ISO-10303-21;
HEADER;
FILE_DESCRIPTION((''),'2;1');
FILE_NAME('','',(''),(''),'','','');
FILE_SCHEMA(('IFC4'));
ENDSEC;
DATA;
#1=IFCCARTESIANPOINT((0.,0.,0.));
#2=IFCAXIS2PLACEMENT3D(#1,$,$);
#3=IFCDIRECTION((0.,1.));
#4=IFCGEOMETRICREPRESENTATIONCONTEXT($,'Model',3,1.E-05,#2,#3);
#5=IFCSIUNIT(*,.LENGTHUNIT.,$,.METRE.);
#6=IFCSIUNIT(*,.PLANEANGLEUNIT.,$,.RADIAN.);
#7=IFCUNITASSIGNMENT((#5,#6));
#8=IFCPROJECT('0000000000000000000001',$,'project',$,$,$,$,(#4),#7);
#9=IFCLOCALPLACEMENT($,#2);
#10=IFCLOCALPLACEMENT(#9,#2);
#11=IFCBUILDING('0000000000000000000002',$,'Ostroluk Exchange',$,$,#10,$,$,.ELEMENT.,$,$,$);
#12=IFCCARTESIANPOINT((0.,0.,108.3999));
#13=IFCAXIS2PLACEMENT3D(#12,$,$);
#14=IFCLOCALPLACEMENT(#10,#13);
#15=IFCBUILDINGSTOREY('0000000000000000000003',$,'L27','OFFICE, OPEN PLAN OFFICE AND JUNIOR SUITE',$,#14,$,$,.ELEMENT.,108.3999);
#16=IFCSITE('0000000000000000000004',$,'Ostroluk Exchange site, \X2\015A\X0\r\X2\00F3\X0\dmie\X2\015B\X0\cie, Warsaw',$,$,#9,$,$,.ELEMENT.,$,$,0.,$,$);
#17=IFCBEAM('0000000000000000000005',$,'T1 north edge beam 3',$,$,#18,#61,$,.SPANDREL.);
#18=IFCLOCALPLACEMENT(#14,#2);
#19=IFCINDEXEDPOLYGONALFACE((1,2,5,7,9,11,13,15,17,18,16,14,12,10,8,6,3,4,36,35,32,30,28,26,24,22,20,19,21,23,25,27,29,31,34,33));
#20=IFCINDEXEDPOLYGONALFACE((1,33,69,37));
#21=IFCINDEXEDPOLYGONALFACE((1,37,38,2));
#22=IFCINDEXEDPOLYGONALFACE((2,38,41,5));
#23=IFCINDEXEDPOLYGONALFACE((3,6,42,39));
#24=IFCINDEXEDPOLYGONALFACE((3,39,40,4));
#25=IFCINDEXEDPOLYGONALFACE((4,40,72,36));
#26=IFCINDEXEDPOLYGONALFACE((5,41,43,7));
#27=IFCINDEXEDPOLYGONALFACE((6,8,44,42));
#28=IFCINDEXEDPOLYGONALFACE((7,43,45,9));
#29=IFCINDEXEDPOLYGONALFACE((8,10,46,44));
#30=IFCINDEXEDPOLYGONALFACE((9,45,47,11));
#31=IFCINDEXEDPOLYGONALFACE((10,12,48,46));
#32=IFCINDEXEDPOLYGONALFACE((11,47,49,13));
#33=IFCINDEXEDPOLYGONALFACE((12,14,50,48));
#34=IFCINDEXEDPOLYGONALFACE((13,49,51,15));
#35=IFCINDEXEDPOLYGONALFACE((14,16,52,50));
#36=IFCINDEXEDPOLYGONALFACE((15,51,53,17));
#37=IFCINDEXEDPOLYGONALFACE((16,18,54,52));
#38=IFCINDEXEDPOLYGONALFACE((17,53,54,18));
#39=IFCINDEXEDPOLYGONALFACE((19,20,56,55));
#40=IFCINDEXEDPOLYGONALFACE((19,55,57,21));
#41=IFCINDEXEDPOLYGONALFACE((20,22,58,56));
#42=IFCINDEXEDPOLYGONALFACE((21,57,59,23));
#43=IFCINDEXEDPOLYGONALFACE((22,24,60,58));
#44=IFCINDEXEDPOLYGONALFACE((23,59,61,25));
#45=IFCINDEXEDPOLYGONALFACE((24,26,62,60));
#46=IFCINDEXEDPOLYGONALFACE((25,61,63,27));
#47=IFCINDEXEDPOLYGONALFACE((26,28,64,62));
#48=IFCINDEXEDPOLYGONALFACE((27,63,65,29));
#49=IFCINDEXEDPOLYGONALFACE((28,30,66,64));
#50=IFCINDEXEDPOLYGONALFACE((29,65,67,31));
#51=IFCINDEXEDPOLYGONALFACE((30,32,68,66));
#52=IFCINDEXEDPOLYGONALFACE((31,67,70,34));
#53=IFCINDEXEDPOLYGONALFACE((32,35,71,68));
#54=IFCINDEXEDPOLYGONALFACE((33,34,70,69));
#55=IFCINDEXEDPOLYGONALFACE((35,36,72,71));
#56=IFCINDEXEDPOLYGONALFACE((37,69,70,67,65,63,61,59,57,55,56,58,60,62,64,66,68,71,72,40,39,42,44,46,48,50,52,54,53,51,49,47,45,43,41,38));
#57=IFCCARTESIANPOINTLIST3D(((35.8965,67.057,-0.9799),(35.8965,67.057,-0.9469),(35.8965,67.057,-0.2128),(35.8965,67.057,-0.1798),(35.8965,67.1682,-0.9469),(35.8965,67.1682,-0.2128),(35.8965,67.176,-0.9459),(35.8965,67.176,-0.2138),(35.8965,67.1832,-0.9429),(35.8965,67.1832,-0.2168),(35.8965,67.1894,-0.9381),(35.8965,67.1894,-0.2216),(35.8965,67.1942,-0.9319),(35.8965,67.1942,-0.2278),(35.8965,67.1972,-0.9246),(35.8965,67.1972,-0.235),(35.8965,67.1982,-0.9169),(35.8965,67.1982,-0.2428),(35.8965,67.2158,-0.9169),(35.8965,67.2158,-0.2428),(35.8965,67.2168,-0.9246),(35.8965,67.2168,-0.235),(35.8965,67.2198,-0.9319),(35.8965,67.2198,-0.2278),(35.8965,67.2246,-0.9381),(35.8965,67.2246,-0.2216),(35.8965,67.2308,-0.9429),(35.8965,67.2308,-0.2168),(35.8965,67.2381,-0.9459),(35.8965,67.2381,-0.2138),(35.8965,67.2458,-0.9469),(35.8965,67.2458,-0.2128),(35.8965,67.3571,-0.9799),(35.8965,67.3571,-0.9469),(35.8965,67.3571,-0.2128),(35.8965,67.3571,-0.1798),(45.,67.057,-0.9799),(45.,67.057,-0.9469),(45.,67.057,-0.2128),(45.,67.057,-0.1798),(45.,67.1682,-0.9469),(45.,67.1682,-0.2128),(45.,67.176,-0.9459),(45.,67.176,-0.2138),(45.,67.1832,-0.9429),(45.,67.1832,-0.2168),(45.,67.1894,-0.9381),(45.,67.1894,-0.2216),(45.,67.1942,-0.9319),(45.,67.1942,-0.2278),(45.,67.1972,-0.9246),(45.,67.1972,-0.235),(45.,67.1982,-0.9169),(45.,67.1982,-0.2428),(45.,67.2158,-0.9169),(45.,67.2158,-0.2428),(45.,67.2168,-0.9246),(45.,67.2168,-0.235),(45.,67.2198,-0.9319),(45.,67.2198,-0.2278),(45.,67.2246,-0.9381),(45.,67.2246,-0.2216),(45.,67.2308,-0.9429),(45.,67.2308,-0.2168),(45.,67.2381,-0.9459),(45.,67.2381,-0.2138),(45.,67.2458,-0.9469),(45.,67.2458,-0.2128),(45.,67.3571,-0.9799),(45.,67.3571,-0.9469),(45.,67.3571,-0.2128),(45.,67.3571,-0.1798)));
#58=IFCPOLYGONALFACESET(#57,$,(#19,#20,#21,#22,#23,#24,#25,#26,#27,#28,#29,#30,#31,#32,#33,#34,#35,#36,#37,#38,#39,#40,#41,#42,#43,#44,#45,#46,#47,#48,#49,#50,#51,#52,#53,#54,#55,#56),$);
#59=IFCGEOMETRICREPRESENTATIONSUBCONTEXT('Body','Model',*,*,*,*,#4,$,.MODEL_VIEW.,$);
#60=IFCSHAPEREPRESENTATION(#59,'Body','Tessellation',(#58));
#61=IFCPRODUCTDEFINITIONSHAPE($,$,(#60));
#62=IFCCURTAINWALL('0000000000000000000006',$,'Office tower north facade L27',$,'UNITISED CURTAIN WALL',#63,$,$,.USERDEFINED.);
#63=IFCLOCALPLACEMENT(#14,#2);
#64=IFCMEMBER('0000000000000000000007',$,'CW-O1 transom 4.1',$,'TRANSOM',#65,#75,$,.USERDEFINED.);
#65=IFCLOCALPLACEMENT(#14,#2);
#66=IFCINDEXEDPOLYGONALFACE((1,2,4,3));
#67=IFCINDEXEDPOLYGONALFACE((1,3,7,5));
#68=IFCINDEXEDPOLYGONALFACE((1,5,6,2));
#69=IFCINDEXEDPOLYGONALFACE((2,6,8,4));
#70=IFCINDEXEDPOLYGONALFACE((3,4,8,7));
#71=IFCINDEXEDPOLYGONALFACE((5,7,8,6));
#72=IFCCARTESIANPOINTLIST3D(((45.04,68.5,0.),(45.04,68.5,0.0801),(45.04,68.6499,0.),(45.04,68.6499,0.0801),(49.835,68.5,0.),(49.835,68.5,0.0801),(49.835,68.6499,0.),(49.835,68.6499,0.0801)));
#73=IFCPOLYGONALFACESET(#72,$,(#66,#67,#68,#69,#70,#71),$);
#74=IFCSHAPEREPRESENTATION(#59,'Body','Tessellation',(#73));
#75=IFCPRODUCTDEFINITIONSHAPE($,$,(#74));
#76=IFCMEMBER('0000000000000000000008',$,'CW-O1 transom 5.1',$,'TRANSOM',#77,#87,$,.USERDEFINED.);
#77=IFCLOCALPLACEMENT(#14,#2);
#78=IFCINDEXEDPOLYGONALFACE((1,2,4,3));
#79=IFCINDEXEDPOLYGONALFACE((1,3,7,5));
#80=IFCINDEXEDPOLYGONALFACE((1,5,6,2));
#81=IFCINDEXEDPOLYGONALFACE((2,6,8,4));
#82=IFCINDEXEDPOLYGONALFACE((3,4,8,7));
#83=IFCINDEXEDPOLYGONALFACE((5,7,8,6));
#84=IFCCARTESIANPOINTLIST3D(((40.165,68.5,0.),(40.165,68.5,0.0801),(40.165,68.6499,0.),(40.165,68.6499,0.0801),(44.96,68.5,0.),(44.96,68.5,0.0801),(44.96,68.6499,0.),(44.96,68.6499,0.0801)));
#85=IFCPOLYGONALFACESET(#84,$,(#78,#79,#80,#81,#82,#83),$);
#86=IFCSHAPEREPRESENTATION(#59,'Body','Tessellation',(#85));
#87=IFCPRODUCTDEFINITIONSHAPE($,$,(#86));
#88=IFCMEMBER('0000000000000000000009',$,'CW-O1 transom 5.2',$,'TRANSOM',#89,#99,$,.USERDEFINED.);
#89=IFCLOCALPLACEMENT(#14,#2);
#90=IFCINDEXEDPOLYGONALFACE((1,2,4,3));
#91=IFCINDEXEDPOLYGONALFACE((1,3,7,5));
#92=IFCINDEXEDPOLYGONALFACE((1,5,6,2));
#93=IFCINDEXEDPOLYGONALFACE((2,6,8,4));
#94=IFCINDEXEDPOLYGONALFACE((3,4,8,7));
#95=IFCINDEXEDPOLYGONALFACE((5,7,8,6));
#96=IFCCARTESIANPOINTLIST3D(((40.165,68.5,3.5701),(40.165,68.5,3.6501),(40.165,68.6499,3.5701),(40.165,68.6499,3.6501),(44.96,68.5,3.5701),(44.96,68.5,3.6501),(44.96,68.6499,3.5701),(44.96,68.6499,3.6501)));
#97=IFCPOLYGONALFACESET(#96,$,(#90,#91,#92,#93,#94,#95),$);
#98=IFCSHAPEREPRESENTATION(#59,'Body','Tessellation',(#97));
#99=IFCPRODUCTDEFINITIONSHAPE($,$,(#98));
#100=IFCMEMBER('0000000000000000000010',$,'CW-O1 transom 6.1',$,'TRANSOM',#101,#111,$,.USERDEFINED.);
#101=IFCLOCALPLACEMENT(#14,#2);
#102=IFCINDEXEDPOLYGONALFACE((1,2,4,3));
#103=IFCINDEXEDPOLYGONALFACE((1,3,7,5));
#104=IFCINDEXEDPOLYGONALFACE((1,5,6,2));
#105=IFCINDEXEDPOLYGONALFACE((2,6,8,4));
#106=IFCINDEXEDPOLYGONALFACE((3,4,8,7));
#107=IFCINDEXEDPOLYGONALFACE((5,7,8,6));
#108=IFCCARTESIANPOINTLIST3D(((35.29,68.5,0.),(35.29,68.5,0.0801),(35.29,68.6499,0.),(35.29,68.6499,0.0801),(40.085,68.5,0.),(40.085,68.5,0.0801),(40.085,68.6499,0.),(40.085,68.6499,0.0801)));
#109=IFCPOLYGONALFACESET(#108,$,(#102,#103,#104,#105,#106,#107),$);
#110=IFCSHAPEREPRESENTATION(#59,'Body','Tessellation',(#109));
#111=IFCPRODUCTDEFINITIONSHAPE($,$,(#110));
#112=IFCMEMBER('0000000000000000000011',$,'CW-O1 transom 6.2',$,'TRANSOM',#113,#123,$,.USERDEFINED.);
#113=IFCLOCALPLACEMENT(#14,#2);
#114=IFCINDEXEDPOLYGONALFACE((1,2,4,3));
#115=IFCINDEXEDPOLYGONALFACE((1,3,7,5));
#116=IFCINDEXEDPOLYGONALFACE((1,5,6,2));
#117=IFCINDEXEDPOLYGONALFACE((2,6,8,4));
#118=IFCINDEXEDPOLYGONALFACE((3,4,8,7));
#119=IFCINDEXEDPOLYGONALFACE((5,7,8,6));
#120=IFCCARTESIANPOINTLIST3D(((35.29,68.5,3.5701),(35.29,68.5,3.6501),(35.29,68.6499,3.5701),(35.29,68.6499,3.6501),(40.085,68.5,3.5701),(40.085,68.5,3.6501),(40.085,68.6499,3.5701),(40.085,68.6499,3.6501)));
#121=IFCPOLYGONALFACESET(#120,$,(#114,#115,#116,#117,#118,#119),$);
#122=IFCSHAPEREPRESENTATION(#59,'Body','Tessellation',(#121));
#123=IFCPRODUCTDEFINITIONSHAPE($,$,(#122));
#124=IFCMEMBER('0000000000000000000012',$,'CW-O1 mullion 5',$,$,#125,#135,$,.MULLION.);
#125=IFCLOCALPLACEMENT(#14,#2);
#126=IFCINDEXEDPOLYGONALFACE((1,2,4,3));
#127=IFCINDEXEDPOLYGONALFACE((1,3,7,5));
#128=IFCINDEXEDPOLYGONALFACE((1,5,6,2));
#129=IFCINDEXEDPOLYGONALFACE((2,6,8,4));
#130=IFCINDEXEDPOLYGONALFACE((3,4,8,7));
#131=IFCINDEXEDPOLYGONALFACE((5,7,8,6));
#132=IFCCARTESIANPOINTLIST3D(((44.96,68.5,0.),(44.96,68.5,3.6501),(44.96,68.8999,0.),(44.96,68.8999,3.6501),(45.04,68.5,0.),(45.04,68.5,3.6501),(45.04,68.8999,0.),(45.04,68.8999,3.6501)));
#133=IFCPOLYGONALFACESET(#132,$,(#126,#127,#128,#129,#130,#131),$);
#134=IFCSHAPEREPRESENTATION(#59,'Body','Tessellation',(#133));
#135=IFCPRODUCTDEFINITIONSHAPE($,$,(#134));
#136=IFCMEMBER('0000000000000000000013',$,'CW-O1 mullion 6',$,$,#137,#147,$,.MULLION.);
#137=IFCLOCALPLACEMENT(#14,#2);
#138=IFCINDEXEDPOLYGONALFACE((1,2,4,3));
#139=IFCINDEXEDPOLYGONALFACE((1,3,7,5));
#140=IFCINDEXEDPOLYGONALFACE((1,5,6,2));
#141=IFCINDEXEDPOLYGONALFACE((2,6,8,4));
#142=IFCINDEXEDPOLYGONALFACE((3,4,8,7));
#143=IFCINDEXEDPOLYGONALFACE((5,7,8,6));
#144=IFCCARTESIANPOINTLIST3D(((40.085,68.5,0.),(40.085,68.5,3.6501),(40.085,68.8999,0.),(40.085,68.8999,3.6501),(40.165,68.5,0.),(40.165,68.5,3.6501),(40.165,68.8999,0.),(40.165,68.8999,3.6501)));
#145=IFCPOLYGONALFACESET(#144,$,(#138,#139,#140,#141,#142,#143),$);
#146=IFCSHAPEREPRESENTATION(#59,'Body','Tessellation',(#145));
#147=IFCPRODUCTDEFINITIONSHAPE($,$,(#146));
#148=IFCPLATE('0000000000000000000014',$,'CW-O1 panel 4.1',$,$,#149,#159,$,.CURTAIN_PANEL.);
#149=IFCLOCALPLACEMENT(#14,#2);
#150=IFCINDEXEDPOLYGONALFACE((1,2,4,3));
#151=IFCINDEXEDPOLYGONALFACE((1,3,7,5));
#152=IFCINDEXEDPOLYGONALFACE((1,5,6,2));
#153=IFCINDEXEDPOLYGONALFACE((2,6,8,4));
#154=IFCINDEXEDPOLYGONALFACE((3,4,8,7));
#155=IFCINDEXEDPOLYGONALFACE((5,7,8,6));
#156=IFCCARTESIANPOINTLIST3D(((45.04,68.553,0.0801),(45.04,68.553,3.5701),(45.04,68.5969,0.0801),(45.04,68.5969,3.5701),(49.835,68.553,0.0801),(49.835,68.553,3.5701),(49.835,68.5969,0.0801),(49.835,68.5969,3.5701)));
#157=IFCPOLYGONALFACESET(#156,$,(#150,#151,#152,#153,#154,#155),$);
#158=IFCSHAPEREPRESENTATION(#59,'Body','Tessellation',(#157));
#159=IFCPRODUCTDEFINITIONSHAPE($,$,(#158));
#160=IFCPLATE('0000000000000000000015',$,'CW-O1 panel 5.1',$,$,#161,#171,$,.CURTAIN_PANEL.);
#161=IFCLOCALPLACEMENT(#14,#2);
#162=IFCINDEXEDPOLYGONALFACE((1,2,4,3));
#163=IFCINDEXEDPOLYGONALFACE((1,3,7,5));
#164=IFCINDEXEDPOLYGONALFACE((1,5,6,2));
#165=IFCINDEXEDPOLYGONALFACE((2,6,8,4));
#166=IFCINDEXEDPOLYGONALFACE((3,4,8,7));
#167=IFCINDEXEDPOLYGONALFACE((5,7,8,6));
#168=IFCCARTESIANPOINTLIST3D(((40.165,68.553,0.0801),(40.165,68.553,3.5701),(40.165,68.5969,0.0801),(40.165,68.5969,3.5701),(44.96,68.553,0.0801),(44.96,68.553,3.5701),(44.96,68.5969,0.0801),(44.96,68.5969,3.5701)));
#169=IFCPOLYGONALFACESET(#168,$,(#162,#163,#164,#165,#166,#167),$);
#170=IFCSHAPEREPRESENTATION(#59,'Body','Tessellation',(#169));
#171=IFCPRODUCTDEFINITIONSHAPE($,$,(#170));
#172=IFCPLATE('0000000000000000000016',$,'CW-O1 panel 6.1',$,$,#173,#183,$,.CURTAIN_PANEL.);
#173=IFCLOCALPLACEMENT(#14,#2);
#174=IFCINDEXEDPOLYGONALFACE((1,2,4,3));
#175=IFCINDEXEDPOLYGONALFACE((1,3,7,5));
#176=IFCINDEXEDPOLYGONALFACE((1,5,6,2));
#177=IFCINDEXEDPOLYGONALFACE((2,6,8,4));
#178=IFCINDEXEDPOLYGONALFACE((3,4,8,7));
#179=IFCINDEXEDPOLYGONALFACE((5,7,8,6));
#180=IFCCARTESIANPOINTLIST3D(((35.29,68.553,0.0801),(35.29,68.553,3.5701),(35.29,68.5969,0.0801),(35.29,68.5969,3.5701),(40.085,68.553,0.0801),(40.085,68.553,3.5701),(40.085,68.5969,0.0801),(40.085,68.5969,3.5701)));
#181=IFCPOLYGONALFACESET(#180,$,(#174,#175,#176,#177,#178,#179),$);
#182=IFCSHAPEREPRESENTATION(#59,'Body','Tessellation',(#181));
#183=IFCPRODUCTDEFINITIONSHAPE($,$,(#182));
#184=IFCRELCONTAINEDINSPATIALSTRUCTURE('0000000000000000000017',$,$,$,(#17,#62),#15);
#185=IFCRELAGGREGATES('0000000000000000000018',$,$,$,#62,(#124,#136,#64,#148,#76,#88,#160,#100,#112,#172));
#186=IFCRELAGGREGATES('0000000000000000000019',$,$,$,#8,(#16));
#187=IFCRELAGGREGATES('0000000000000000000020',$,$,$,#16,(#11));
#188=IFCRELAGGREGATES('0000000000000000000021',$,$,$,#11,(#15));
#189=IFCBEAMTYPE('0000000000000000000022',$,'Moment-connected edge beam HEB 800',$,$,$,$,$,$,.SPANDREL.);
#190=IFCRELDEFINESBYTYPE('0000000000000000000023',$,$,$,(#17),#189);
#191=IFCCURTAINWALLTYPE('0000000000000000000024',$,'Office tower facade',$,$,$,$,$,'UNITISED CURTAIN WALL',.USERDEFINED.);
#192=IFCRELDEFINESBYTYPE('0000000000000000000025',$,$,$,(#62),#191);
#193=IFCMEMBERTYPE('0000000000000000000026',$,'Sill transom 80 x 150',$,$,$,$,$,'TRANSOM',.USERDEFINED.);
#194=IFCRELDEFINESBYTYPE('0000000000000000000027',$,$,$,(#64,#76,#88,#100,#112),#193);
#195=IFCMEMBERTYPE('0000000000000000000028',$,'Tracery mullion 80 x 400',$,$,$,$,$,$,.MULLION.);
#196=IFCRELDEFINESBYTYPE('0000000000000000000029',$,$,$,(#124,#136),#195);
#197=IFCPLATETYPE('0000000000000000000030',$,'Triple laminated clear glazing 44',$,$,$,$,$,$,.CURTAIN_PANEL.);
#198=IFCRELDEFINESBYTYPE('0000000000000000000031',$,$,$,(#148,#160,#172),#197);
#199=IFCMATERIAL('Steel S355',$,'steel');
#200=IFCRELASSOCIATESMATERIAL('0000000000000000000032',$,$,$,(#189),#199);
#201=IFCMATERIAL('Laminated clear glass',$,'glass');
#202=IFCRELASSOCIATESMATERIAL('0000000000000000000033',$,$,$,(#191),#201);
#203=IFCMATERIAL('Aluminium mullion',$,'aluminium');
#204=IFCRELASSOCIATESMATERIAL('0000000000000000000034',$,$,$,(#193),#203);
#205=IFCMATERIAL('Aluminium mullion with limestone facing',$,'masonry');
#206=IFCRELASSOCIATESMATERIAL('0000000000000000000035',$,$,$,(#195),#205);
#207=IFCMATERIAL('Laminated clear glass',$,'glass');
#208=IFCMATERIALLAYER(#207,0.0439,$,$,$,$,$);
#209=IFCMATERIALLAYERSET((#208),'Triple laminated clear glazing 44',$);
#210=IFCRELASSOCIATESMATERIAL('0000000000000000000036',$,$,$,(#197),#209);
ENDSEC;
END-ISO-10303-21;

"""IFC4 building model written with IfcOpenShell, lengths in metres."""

from ifc_helpers import new_model, si_unit, direction, frame, origin, origin_2d, place, context, subcontext, project, spatial, rectangle, i_section, extrude, material, layer, layer_set, material_profile, profile_set, type_object, element, aggregate, save


model = new_model("IFC4")

# Units and contexts
model_context = context("Model", 3, precision=1e-05, world=origin(), true_north=direction((0.0, 1.0)))
body_context = subcontext(model_context, "Body", "Model", "MODEL_VIEW")
ifc_project = project(units=[si_unit("LENGTHUNIT", "METRE"), si_unit("PLANEANGLEUNIT", "RADIAN")], contexts=[model_context])

# Site, building, storey
site_placement = place(None, origin())
site = spatial("IfcSite", under=ifc_project, at=site_placement, Name="Ostroluk Exchange site, Śródmieście, Warsaw", CompositionType="ELEMENT", RefElevation=0.0)
building_placement = place(site_placement, origin())
building = spatial("IfcBuilding", under=site, at=building_placement, Name="Ostroluk Exchange", CompositionType="ELEMENT")
storey_placement = place(building_placement, frame((0.0, 0.0, 108.3999)))
storey = spatial("IfcBuildingStorey", under=building, at=storey_placement, Name="L27", Description="OFFICE, OPEN PLAN OFFICE AND JUNIOR SUITE", CompositionType="ELEMENT", Elevation=108.3999)

# Beam
ifc_material_1 = material(Name="Steel S355", Category="steel")
ifc_material_profile_1 = material_profile(ifc_material_1, i_section(OverallWidth=0.3, OverallDepth=0.8, WebThickness=0.0176, FlangeThickness=0.033, FilletRadius=0.03, at=origin_2d()), Name="HEB 800")
ifc_profile_set_1 = profile_set([ifc_material_profile_1], Name="Steel S355")
beam_type_1 = type_object("IfcBeamType", Name="Moment-connected edge beam HEB 800", PredefinedType="SPANDREL", material=ifc_profile_set_1)
beam_placement = place(storey_placement, frame((45.0, 67.207, -0.5798), z_axis=(-1.0, 0.0, 0.0), x_axis=(0.0, -1.0, 0.0)))
element("IfcBeam", 1, at=beam_placement, inside=storey, type_object=beam_type_1, Name="T1 north edge beam 3", PredefinedType="SPANDREL", context=body_context, shape_type="SweptSolid", body=[
    extrude(i_section(OverallWidth=0.3, OverallDepth=0.8, WebThickness=0.0176, FlangeThickness=0.033, FilletRadius=0.03, at=origin_2d()), origin(), (0.0, 0.0, 1.0), 9.1035),
])

# Curtain wall, members, plates
ifc_material_2 = material(Name="Laminated clear glass", Category="glass")
curtain_wall_type = type_object("IfcCurtainWallType", Name="Office tower facade", ElementType="UNITISED CURTAIN WALL", PredefinedType="USERDEFINED", material=ifc_material_2)
curtain_wall_placement = place(storey_placement, origin())
curtain_wall = element("IfcCurtainWall", 2, at=curtain_wall_placement, inside=storey, type_object=curtain_wall_type, Name="Office tower north facade L27", ObjectType="UNITISED CURTAIN WALL", PredefinedType="USERDEFINED")
ifc_material_3 = material(Name="Aluminium mullion", Category="aluminium")
ifc_material_profile_2 = material_profile(ifc_material_3, rectangle(XDim=0.1499, YDim=0.0801, at=origin_2d()), Name="Sill transom 80 x 150")
ifc_profile_set_2 = profile_set([ifc_material_profile_2], Name="Aluminium mullion")
member_type_1 = type_object("IfcMemberType", Name="Sill transom 80 x 150", ElementType="TRANSOM", PredefinedType="USERDEFINED", material=ifc_profile_set_2)
member_1_placement = place(storey_placement, frame((49.835, 68.575, 0.04), z_axis=(-1.0, 0.0, 0.0), x_axis=(0.0, -1.0, 0.0)))
member_1 = element("IfcMember", 3, at=member_1_placement, type_object=member_type_1, Name="CW-O1 transom 4.1", ObjectType="TRANSOM", PredefinedType="USERDEFINED", context=body_context, shape_type="SweptSolid", body=[
    extrude(rectangle(XDim=0.1499, YDim=0.0801, at=origin_2d()), origin(), (0.0, 0.0, 1.0), 4.7949),
])
member_2_placement = place(storey_placement, frame((44.96, 68.575, 0.04), z_axis=(-1.0, 0.0, 0.0), x_axis=(0.0, -1.0, 0.0)))
member_2 = element("IfcMember", 4, at=member_2_placement, type_object=member_type_1, Name="CW-O1 transom 5.1", ObjectType="TRANSOM", PredefinedType="USERDEFINED", context=body_context, shape_type="SweptSolid", body=[
    extrude(rectangle(XDim=0.1499, YDim=0.0801, at=origin_2d()), origin(), (0.0, 0.0, 1.0), 4.7949),
])
member_3_placement = place(storey_placement, frame((44.96, 68.575, 3.6101), z_axis=(-1.0, 0.0, 0.0), x_axis=(0.0, -1.0, 0.0)))
member_3 = element("IfcMember", 5, at=member_3_placement, type_object=member_type_1, Name="CW-O1 transom 5.2", ObjectType="TRANSOM", PredefinedType="USERDEFINED", context=body_context, shape_type="SweptSolid", body=[
    extrude(rectangle(XDim=0.1499, YDim=0.0801, at=origin_2d()), origin(), (0.0, 0.0, 1.0), 4.7949),
])
member_4_placement = place(storey_placement, frame((40.085, 68.575, 0.04), z_axis=(-1.0, 0.0, 0.0), x_axis=(0.0, -1.0, 0.0)))
member_4 = element("IfcMember", 6, at=member_4_placement, type_object=member_type_1, Name="CW-O1 transom 6.1", ObjectType="TRANSOM", PredefinedType="USERDEFINED", context=body_context, shape_type="SweptSolid", body=[
    extrude(rectangle(XDim=0.1499, YDim=0.0801, at=origin_2d()), origin(), (0.0, 0.0, 1.0), 4.7949),
])
member_5_placement = place(storey_placement, frame((40.085, 68.575, 3.6101), z_axis=(-1.0, 0.0, 0.0), x_axis=(0.0, -1.0, 0.0)))
member_5 = element("IfcMember", 7, at=member_5_placement, type_object=member_type_1, Name="CW-O1 transom 6.2", ObjectType="TRANSOM", PredefinedType="USERDEFINED", context=body_context, shape_type="SweptSolid", body=[
    extrude(rectangle(XDim=0.1499, YDim=0.0801, at=origin_2d()), origin(), (0.0, 0.0, 1.0), 4.7949),
])
ifc_material_4 = material(Name="Aluminium mullion with limestone facing", Category="masonry")
ifc_material_profile_3 = material_profile(ifc_material_4, rectangle(XDim=0.3999, YDim=0.0801, at=origin_2d()), Name="Tracery mullion 80 x 400")
ifc_profile_set_3 = profile_set([ifc_material_profile_3], Name="Aluminium mullion with limestone facing")
member_type_2 = type_object("IfcMemberType", Name="Tracery mullion 80 x 400", PredefinedType="MULLION", material=ifc_profile_set_3)
member_6_placement = place(storey_placement, frame((45.0, 68.7, 0.0), z_axis=(0.0, 0.0, 1.0), x_axis=(0.0, -1.0, 0.0)))
member_6 = element("IfcMember", 8, at=member_6_placement, type_object=member_type_2, Name="CW-O1 mullion 5", PredefinedType="MULLION", context=body_context, shape_type="SweptSolid", body=[
    extrude(rectangle(XDim=0.3999, YDim=0.0801, at=origin_2d()), origin(), (0.0, 0.0, 1.0), 3.6501),
])
member_7_placement = place(storey_placement, frame((40.125, 68.7, 0.0), z_axis=(0.0, 0.0, 1.0), x_axis=(0.0, -1.0, 0.0)))
member_7 = element("IfcMember", 9, at=member_7_placement, type_object=member_type_2, Name="CW-O1 mullion 6", PredefinedType="MULLION", context=body_context, shape_type="SweptSolid", body=[
    extrude(rectangle(XDim=0.3999, YDim=0.0801, at=origin_2d()), origin(), (0.0, 0.0, 1.0), 3.6501),
])
ifc_material_5 = material(Name="Laminated clear glass", Category="glass")
ifc_layer_1 = layer(ifc_material_5, 0.0439)
ifc_layer_set_1 = layer_set([ifc_layer_1], Name="Triple laminated clear glazing 44")
plate_type = type_object("IfcPlateType", Name="Triple laminated clear glazing 44", PredefinedType="CURTAIN_PANEL", material=ifc_layer_set_1)
plate_1_placement = place(storey_placement, frame((47.4375, 68.575, 0.0801), z_axis=(0.0, 0.0, 1.0), x_axis=(-1.0, 0.0, 0.0)))
plate_1 = element("IfcPlate", 10, at=plate_1_placement, type_object=plate_type, Name="CW-O1 panel 4.1", PredefinedType="CURTAIN_PANEL", context=body_context, shape_type="SweptSolid", body=[
    extrude(rectangle(XDim=4.7949, YDim=0.0439, at=origin_2d()), origin(), (0.0, 0.0, 1.0), 3.49),
])
plate_2_placement = place(storey_placement, frame((42.5625, 68.575, 0.0801), z_axis=(0.0, 0.0, 1.0), x_axis=(-1.0, 0.0, 0.0)))
plate_2 = element("IfcPlate", 11, at=plate_2_placement, type_object=plate_type, Name="CW-O1 panel 5.1", PredefinedType="CURTAIN_PANEL", context=body_context, shape_type="SweptSolid", body=[
    extrude(rectangle(XDim=4.7949, YDim=0.0439, at=origin_2d()), origin(), (0.0, 0.0, 1.0), 3.49),
])
plate_3_placement = place(storey_placement, frame((37.6875, 68.575, 0.0801), z_axis=(0.0, 0.0, 1.0), x_axis=(-1.0, 0.0, 0.0)))
plate_3 = element("IfcPlate", 12, at=plate_3_placement, type_object=plate_type, Name="CW-O1 panel 6.1", PredefinedType="CURTAIN_PANEL", context=body_context, shape_type="SweptSolid", body=[
    extrude(rectangle(XDim=4.7949, YDim=0.0439, at=origin_2d()), origin(), (0.0, 0.0, 1.0), 3.49),
])
aggregate(curtain_wall, [member_6, member_7, member_1, plate_1, member_2, member_3, plate_2, member_4, member_5, plate_3])

save(model, "model.ifc")
